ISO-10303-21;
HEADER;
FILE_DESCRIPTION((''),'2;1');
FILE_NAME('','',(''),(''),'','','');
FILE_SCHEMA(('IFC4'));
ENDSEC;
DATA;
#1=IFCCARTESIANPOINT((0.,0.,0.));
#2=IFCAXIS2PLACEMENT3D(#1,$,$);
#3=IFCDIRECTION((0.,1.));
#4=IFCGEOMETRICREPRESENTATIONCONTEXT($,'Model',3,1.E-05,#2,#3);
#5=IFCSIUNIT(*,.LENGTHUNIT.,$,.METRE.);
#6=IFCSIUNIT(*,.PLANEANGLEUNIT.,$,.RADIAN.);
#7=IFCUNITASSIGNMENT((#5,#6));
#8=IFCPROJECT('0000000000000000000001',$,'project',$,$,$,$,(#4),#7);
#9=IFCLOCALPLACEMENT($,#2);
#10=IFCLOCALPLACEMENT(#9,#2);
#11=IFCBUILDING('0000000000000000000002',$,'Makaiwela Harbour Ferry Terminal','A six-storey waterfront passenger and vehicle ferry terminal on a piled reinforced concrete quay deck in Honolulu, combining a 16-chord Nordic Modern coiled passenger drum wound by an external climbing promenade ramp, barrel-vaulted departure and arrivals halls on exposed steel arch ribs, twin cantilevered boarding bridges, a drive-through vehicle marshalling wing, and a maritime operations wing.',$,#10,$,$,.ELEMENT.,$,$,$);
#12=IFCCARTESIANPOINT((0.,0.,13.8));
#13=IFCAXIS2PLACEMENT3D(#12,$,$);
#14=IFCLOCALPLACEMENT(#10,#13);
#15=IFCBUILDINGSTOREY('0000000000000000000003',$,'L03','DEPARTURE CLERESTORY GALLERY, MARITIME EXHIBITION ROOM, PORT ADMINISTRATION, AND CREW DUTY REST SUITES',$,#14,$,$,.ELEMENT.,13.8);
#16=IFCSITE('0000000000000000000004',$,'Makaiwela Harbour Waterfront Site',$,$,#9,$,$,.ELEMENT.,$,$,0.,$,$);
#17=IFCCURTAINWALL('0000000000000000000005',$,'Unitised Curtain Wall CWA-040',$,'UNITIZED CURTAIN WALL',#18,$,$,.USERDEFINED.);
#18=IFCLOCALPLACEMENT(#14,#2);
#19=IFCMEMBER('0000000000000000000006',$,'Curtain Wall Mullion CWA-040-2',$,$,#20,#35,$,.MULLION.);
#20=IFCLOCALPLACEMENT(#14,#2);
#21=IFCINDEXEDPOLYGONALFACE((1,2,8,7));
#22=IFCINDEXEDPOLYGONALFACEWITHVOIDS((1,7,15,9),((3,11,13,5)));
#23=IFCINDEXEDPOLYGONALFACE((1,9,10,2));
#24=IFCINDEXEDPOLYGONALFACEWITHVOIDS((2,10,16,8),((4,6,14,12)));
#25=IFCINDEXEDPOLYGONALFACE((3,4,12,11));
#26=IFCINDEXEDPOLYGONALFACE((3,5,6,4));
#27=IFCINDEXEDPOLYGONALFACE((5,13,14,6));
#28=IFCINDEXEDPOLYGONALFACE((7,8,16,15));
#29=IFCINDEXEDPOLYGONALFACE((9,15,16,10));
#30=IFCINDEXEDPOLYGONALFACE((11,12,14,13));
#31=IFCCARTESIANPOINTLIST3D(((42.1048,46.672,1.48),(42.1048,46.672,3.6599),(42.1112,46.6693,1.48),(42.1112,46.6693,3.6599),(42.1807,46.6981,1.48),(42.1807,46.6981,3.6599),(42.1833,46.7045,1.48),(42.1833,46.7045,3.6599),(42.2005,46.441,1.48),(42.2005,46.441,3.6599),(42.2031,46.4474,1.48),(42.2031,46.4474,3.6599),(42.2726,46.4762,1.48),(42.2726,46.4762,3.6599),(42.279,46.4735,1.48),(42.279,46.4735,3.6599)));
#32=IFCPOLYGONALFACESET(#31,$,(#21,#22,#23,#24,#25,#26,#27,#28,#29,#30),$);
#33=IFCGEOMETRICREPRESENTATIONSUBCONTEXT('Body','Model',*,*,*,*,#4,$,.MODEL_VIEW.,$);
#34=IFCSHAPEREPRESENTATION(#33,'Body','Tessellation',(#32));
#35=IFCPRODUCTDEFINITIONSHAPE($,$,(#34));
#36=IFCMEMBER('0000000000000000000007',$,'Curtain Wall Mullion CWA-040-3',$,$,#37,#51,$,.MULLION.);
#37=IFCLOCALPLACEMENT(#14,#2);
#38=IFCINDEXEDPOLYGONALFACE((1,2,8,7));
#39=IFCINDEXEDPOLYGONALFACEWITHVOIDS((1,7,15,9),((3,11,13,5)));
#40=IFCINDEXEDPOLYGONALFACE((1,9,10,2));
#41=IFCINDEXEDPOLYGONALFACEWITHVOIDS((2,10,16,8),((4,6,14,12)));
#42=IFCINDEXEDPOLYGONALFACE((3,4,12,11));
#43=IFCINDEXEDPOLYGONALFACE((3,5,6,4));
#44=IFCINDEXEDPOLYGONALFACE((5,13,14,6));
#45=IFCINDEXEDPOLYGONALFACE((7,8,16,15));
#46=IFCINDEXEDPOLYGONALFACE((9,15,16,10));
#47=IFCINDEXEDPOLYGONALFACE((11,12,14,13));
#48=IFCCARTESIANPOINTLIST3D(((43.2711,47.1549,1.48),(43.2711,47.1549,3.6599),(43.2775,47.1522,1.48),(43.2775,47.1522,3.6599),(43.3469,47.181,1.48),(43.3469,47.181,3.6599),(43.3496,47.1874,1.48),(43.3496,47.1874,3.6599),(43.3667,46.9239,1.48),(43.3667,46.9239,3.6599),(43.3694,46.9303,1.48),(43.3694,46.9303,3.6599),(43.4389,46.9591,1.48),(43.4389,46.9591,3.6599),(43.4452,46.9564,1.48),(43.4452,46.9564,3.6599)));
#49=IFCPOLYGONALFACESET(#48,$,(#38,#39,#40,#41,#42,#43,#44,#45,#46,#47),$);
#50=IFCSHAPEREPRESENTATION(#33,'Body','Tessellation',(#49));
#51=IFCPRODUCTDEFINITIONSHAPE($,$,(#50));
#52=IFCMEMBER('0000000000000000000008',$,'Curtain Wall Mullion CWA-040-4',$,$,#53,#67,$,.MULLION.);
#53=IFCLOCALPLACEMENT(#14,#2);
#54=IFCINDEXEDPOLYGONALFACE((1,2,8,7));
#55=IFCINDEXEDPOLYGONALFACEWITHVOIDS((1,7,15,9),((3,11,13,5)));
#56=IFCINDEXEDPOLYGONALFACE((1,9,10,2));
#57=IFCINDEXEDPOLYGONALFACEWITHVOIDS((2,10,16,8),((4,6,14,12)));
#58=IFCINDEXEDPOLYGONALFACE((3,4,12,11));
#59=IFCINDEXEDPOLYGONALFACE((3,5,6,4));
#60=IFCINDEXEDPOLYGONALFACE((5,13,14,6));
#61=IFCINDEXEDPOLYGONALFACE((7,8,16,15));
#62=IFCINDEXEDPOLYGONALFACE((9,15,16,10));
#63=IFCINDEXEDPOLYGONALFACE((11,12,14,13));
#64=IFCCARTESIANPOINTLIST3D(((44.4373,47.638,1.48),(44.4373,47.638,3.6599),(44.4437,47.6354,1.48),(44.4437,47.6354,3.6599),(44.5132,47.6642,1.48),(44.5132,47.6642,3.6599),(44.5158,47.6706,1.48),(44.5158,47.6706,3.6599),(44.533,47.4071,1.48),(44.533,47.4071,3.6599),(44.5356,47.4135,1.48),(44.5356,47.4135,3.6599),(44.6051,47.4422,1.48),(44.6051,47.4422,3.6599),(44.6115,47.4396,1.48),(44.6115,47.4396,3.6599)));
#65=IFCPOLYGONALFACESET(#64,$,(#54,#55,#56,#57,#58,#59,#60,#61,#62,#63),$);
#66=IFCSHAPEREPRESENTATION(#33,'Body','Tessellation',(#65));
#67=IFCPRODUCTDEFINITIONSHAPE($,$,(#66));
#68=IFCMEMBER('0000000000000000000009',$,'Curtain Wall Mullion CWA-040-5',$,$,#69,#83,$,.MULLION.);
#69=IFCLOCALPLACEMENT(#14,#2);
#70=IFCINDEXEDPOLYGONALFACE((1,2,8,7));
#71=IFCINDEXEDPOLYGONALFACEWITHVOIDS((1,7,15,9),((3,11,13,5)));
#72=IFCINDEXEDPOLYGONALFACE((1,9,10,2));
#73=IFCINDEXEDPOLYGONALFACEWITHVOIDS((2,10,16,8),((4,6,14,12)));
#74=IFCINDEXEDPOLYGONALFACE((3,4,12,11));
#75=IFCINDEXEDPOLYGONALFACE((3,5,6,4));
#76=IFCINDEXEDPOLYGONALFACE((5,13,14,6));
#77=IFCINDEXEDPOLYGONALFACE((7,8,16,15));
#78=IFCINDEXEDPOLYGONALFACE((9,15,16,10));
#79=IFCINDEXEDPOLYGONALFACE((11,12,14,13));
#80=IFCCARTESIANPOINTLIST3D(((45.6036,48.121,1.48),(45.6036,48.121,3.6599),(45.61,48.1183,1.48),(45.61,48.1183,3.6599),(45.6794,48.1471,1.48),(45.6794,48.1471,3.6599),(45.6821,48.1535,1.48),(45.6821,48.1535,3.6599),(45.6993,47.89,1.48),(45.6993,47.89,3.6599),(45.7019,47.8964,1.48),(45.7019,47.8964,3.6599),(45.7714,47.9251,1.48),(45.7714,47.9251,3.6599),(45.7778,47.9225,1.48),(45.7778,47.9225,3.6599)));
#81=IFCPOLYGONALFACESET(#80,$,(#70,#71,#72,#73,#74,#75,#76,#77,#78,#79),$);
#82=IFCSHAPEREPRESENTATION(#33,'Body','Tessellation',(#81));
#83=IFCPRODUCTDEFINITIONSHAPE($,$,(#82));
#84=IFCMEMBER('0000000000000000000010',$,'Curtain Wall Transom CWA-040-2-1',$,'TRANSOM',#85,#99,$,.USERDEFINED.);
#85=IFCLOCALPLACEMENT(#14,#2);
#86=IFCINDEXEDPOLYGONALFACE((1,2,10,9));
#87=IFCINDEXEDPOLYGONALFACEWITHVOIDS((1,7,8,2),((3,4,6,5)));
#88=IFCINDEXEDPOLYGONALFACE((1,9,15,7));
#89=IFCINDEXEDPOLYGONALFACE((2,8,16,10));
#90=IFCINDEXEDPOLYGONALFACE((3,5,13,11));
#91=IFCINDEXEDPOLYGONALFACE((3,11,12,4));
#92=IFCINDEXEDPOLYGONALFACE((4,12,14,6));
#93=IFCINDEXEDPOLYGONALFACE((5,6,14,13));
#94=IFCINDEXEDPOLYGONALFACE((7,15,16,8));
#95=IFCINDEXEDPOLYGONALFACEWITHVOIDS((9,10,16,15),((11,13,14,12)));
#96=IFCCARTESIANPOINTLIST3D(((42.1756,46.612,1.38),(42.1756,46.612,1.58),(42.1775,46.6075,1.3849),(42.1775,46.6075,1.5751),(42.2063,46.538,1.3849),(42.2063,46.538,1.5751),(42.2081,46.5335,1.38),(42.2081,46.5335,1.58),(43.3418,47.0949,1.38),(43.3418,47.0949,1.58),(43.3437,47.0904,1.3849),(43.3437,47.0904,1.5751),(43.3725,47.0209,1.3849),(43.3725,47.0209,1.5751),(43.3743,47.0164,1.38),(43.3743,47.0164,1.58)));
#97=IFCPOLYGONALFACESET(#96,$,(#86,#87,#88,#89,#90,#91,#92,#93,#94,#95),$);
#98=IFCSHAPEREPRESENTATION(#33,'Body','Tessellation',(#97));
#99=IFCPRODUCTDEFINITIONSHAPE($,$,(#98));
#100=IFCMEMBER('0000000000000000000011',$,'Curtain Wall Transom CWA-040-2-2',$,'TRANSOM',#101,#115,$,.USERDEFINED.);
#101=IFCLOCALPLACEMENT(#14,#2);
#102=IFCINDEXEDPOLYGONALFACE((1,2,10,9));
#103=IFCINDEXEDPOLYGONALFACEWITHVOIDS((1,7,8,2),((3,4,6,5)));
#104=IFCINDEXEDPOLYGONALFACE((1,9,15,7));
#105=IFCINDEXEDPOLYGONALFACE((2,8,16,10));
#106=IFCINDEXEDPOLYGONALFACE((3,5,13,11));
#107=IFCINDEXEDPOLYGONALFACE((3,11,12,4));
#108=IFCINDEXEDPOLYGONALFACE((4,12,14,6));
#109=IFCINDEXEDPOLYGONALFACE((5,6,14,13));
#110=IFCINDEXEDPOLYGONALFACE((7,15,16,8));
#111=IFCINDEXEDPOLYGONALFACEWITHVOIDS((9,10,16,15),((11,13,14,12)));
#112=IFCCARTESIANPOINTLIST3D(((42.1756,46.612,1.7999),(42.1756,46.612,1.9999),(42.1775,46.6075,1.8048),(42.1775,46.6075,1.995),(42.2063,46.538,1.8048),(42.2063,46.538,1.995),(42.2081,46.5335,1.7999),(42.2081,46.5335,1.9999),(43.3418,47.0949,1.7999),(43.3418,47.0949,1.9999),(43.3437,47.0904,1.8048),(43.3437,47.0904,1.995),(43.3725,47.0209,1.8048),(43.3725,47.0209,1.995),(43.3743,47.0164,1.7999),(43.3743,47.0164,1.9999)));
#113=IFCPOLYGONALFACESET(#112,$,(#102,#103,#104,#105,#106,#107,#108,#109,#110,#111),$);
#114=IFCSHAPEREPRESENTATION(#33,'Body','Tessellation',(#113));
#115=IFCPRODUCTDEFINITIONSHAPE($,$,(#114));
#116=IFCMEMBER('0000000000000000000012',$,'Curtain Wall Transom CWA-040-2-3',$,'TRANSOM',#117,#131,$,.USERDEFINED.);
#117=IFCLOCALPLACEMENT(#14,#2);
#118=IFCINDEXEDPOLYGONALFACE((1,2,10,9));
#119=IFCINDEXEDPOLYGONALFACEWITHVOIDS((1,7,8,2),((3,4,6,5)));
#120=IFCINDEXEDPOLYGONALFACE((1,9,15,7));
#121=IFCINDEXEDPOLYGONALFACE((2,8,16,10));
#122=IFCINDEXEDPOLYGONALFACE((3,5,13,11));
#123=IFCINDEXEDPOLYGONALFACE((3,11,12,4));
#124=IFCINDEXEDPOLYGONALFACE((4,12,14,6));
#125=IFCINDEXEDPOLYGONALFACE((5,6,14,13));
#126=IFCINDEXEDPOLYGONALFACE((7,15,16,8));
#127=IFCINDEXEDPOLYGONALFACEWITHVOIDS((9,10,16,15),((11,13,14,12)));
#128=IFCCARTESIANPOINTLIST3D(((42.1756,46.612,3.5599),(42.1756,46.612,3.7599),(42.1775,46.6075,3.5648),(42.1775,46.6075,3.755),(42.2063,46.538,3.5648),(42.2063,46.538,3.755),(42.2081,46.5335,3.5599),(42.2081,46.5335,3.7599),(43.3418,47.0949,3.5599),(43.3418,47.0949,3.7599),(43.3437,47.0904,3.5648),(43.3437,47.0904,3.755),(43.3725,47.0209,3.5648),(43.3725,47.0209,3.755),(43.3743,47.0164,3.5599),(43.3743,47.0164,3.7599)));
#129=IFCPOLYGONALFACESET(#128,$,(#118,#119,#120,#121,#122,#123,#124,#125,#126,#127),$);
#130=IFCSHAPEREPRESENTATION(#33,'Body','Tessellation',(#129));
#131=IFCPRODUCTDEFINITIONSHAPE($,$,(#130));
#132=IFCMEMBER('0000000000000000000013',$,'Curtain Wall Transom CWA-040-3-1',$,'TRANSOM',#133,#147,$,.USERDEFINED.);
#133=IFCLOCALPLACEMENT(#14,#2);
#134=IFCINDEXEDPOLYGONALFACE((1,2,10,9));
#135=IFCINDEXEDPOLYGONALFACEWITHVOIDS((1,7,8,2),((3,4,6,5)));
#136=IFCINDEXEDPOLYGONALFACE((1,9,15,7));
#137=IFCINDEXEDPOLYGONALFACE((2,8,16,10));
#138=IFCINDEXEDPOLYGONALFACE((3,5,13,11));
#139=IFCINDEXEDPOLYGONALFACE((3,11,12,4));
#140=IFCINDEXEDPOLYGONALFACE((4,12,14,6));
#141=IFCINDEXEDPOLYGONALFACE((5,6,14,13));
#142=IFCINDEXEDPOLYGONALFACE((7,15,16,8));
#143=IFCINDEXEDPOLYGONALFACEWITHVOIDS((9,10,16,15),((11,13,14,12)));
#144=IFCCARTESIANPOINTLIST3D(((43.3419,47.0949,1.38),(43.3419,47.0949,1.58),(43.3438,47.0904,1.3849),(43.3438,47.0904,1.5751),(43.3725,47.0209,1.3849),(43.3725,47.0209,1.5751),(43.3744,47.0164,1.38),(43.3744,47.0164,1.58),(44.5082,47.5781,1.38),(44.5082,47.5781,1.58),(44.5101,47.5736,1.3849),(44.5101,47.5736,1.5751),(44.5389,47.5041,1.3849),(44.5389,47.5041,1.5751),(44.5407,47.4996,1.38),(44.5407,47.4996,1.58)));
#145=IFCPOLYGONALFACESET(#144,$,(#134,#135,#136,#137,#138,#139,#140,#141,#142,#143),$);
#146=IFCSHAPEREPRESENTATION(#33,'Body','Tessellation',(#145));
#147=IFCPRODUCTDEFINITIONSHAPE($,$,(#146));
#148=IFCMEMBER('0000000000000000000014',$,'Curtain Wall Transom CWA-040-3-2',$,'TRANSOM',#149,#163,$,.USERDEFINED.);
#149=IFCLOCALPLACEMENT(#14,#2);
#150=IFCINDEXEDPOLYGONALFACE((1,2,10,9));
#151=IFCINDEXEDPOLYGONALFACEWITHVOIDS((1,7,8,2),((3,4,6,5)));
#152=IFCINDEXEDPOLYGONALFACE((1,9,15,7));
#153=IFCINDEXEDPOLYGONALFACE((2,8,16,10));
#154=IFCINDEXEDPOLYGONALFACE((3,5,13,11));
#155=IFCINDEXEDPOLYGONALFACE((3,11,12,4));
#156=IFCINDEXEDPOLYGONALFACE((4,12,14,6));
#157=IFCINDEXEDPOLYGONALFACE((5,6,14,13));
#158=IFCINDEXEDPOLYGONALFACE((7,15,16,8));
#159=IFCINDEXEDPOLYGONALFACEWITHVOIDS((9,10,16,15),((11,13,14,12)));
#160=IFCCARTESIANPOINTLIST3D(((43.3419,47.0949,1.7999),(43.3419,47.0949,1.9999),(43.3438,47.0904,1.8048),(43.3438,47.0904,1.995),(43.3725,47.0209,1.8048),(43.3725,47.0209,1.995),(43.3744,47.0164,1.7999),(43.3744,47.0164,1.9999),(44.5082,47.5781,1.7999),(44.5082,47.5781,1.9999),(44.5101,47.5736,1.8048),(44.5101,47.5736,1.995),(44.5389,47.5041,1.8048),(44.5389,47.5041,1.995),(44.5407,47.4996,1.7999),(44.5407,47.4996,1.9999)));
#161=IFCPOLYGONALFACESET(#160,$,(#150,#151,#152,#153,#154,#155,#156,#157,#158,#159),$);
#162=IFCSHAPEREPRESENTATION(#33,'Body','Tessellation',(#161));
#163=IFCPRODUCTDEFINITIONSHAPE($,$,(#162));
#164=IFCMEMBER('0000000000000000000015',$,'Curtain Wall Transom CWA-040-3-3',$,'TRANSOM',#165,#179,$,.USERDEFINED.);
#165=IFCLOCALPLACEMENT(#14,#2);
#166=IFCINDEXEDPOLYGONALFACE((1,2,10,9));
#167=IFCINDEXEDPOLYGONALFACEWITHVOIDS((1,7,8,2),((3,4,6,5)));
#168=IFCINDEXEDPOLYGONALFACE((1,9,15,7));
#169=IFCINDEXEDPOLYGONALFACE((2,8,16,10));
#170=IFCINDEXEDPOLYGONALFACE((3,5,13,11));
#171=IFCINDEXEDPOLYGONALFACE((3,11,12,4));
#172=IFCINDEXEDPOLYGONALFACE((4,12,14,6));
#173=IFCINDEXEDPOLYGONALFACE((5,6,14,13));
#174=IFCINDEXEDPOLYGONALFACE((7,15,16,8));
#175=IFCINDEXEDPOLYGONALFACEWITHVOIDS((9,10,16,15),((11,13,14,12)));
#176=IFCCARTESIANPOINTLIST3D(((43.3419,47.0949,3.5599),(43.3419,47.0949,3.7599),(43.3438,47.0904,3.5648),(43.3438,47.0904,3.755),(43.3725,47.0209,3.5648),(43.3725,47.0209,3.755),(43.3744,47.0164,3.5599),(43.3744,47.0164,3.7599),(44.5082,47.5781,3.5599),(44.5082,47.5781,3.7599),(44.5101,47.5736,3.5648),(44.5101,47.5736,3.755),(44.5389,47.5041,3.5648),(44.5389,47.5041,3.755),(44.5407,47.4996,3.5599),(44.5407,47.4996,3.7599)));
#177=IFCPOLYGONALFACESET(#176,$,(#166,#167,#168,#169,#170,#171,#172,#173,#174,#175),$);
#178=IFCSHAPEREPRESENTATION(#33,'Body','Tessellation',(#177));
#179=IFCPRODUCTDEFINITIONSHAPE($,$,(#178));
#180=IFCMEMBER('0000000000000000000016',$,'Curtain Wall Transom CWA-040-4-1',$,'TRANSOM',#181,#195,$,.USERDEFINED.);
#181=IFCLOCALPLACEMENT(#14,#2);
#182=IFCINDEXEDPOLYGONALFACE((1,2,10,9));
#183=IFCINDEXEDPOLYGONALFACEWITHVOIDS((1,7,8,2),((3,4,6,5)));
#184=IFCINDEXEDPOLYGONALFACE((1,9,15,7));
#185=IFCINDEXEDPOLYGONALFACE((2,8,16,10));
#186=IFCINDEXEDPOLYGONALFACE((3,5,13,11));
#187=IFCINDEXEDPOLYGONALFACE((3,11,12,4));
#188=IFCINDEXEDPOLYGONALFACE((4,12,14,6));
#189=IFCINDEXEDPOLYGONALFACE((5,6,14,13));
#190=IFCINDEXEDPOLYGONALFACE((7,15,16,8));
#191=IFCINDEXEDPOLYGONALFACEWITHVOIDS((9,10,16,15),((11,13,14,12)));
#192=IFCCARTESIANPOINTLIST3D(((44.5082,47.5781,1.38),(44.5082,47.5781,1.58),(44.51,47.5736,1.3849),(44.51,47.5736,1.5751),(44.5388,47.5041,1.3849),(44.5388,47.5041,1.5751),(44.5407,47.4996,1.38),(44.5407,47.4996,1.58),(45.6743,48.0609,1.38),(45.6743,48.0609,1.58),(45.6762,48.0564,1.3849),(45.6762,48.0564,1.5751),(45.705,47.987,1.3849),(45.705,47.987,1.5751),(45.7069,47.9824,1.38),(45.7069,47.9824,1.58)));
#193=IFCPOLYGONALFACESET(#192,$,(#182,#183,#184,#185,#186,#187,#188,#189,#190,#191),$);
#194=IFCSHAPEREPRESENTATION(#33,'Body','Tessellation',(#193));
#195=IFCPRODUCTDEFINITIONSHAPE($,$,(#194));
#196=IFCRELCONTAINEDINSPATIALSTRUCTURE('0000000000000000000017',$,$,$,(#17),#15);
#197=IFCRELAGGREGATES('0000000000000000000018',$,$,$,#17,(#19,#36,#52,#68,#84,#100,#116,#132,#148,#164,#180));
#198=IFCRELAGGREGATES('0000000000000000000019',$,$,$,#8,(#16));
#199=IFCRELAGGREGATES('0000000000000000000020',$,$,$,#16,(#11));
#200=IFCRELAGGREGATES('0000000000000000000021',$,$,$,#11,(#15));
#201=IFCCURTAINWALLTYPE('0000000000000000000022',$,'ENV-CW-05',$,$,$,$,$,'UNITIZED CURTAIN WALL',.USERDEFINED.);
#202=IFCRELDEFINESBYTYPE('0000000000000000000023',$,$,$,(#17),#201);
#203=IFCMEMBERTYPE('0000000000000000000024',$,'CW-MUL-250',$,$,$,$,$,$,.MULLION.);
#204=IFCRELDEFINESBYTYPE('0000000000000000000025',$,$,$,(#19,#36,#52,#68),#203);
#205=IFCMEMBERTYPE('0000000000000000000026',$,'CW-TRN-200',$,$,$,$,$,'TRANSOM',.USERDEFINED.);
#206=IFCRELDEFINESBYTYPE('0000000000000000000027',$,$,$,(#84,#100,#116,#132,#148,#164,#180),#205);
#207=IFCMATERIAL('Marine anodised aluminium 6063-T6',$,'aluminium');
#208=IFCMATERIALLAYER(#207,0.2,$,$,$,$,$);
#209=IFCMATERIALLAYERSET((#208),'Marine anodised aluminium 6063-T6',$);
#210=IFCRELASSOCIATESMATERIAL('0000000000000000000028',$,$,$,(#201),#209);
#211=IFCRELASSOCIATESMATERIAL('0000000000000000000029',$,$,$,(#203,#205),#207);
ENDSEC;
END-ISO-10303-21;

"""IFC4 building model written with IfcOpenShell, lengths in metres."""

from ifc_helpers import new_model, si_unit, direction, frame, origin, origin_2d, place, context, subcontext, project, spatial, hollow_rectangle, extrude, material, layer, layer_set, material_profile, profile_set, type_object, element, aggregate, save


model = new_model("IFC4")

# Units and contexts
model_context = context("Model", 3, precision=1e-05, world=origin(), true_north=direction((0.0, 1.0)))
body_context = subcontext(model_context, "Body", "Model", "MODEL_VIEW")
ifc_project = project(units=[si_unit("LENGTHUNIT", "METRE"), si_unit("PLANEANGLEUNIT", "RADIAN")], contexts=[model_context])

# Site, building, storey
site_placement = place(None, origin())
site = spatial("IfcSite", under=ifc_project, at=site_placement, Name="Makaiwela Harbour Waterfront Site", CompositionType="ELEMENT", RefElevation=0.0)
building_placement = place(site_placement, origin())
building = spatial("IfcBuilding", under=site, at=building_placement, Name="Makaiwela Harbour Ferry Terminal", Description="A six-storey waterfront passenger and vehicle ferry terminal on a piled reinforced concrete quay deck in Honolulu, combining a 16-chord Nordic Modern coiled passenger drum wound by an external climbing promenade ramp, barrel-vaulted departure and arrivals halls on exposed steel arch ribs, twin cantilevered boarding bridges, a drive-through vehicle marshalling wing, and a maritime operations wing.", CompositionType="ELEMENT")
storey_placement = place(building_placement, frame((0.0, 0.0, 13.8)))
storey = spatial("IfcBuildingStorey", under=building, at=storey_placement, Name="L03", Description="DEPARTURE CLERESTORY GALLERY, MARITIME EXHIBITION ROOM, PORT ADMINISTRATION, AND CREW DUTY REST SUITES", CompositionType="ELEMENT", Elevation=13.8)

# Curtain wall, members
ifc_material_1 = material(Name="Marine anodised aluminium 6063-T6", Category="aluminium")
ifc_layer_1 = layer(ifc_material_1, 0.2)
ifc_layer_set_1 = layer_set([ifc_layer_1], Name="Marine anodised aluminium 6063-T6")
curtain_wall_type = type_object("IfcCurtainWallType", Name="ENV-CW-05", ElementType="UNITIZED CURTAIN WALL", PredefinedType="USERDEFINED", material=ifc_layer_set_1)
curtain_wall_placement = place(storey_placement, origin())
curtain_wall = element("IfcCurtainWall", 1, at=curtain_wall_placement, inside=storey, type_object=curtain_wall_type, Name="Unitised Curtain Wall CWA-040", ObjectType="UNITIZED CURTAIN WALL", PredefinedType="USERDEFINED")
ifc_material_profile_1 = material_profile(ifc_material_1, hollow_rectangle(XDim=0.085, YDim=0.25, WallThickness=0.0049, at=origin_2d()), Name="CWM-250X85")
ifc_profile_set_1 = profile_set([ifc_material_profile_1], Name="Marine anodised aluminium 6063-T6")
member_type_1 = type_object("IfcMemberType", Name="CW-MUL-250", PredefinedType="MULLION", material=ifc_profile_set_1)
member_1_placement = place(storey_placement, frame((42.1919, 46.5728, 1.48), z_axis=(0.0, 0.0, 1.0), x_axis=(0.92388, 0.382683, 0.0)))
member_1 = element("IfcMember", 2, at=member_1_placement, type_object=member_type_1, Name="Curtain Wall Mullion CWA-040-2", PredefinedType="MULLION", context=body_context, shape_type="SweptSolid", body=[
    extrude(hollow_rectangle(XDim=0.085, YDim=0.25, WallThickness=0.0049, at=origin_2d()), origin(), (0.0, 0.0, 1.0), 2.1799),
])
member_2_placement = place(storey_placement, frame((43.3582, 47.0557, 1.48), z_axis=(0.0, 0.0, 1.0), x_axis=(0.92388, 0.382683, 0.0)))
member_2 = element("IfcMember", 3, at=member_2_placement, type_object=member_type_1, Name="Curtain Wall Mullion CWA-040-3", PredefinedType="MULLION", context=body_context, shape_type="SweptSolid", body=[
    extrude(hollow_rectangle(XDim=0.085, YDim=0.25, WallThickness=0.0049, at=origin_2d()), origin(), (0.0, 0.0, 1.0), 2.1799),
])
member_3_placement = place(storey_placement, frame((44.5244, 47.5388, 1.48), z_axis=(0.0, 0.0, 1.0), x_axis=(0.92388, 0.382683, 0.0)))
member_3 = element("IfcMember", 4, at=member_3_placement, type_object=member_type_1, Name="Curtain Wall Mullion CWA-040-4", PredefinedType="MULLION", context=body_context, shape_type="SweptSolid", body=[
    extrude(hollow_rectangle(XDim=0.085, YDim=0.25, WallThickness=0.0049, at=origin_2d()), origin(), (0.0, 0.0, 1.0), 2.1799),
])
member_4_placement = place(storey_placement, frame((45.6907, 48.0217, 1.48), z_axis=(0.0, 0.0, 1.0), x_axis=(0.92388, 0.382683, 0.0)))
member_4 = element("IfcMember", 5, at=member_4_placement, type_object=member_type_1, Name="Curtain Wall Mullion CWA-040-5", PredefinedType="MULLION", context=body_context, shape_type="SweptSolid", body=[
    extrude(hollow_rectangle(XDim=0.085, YDim=0.25, WallThickness=0.0049, at=origin_2d()), origin(), (0.0, 0.0, 1.0), 2.1799),
])
ifc_material_profile_2 = material_profile(ifc_material_1, hollow_rectangle(XDim=0.085, YDim=0.2, WallThickness=0.0049, at=origin_2d()), Name="CWT-200X85")
ifc_profile_set_2 = profile_set([ifc_material_profile_2], Name="Marine anodised aluminium 6063-T6")
member_type_2 = type_object("IfcMemberType", Name="CW-TRN-200", ElementType="TRANSOM", PredefinedType="USERDEFINED", material=ifc_profile_set_2)
member_5_placement = place(storey_placement, frame((42.1919, 46.5728, 1.48), z_axis=(0.923927, 0.382568, 0.0), x_axis=(-0.382568, 0.923927, 0.0)))
member_5 = element("IfcMember", 6, at=member_5_placement, type_object=member_type_2, Name="Curtain Wall Transom CWA-040-2-1", ObjectType="TRANSOM", PredefinedType="USERDEFINED", context=body_context, shape_type="SweptSolid", body=[
    extrude(hollow_rectangle(XDim=0.085, YDim=0.2, WallThickness=0.0049, at=origin_2d()), origin(), (0.0, 0.0, 1.0), 1.2622),
])
member_6_placement = place(storey_placement, frame((42.1919, 46.5728, 1.8999), z_axis=(0.923927, 0.382568, 0.0), x_axis=(-0.382568, 0.923927, 0.0)))
member_6 = element("IfcMember", 7, at=member_6_placement, type_object=member_type_2, Name="Curtain Wall Transom CWA-040-2-2", ObjectType="TRANSOM", PredefinedType="USERDEFINED", context=body_context, shape_type="SweptSolid", body=[
    extrude(hollow_rectangle(XDim=0.085, YDim=0.2, WallThickness=0.0049, at=origin_2d()), origin(), (0.0, 0.0, 1.0), 1.2622),
])
member_7_placement = place(storey_placement, frame((42.1919, 46.5728, 3.6599), z_axis=(0.923927, 0.382568, 0.0), x_axis=(-0.382568, 0.923927, 0.0)))
member_7 = element("IfcMember", 8, at=member_7_placement, type_object=member_type_2, Name="Curtain Wall Transom CWA-040-2-3", ObjectType="TRANSOM", PredefinedType="USERDEFINED", context=body_context, shape_type="SweptSolid", body=[
    extrude(hollow_rectangle(XDim=0.085, YDim=0.2, WallThickness=0.0049, at=origin_2d()), origin(), (0.0, 0.0, 1.0), 1.2622),
])
member_8_placement = place(storey_placement, frame((43.3582, 47.0557, 1.48), z_axis=(0.923859, 0.382733, 0.0), x_axis=(-0.382733, 0.923859, 0.0)))
member_8 = element("IfcMember", 9, at=member_8_placement, type_object=member_type_2, Name="Curtain Wall Transom CWA-040-3-1", ObjectType="TRANSOM", PredefinedType="USERDEFINED", context=body_context, shape_type="SweptSolid", body=[
    extrude(hollow_rectangle(XDim=0.085, YDim=0.2, WallThickness=0.0049, at=origin_2d()), origin(), (0.0, 0.0, 1.0), 1.2625),
])
member_9_placement = place(storey_placement, frame((43.3582, 47.0557, 1.8999), z_axis=(0.923859, 0.382733, 0.0), x_axis=(-0.382733, 0.923859, 0.0)))
member_9 = element("IfcMember", 10, at=member_9_placement, type_object=member_type_2, Name="Curtain Wall Transom CWA-040-3-2", ObjectType="TRANSOM", PredefinedType="USERDEFINED", context=body_context, shape_type="SweptSolid", body=[
    extrude(hollow_rectangle(XDim=0.085, YDim=0.2, WallThickness=0.0049, at=origin_2d()), origin(), (0.0, 0.0, 1.0), 1.2625),
])
member_10_placement = place(storey_placement, frame((43.3582, 47.0557, 3.6599), z_axis=(0.923859, 0.382733, 0.0), x_axis=(-0.382733, 0.923859, 0.0)))
member_10 = element("IfcMember", 11, at=member_10_placement, type_object=member_type_2, Name="Curtain Wall Transom CWA-040-3-3", ObjectType="TRANSOM", PredefinedType="USERDEFINED", context=body_context, shape_type="SweptSolid", body=[
    extrude(hollow_rectangle(XDim=0.085, YDim=0.2, WallThickness=0.0049, at=origin_2d()), origin(), (0.0, 0.0, 1.0), 1.2625),
])
member_11_placement = place(storey_placement, frame((44.5244, 47.5388, 1.48), z_axis=(0.923927, 0.382568, 0.0), x_axis=(-0.382568, 0.923927, 0.0)))
member_11 = element("IfcMember", 12, at=member_11_placement, type_object=member_type_2, Name="Curtain Wall Transom CWA-040-4-1", ObjectType="TRANSOM", PredefinedType="USERDEFINED", context=body_context, shape_type="SweptSolid", body=[
    extrude(hollow_rectangle(XDim=0.085, YDim=0.2, WallThickness=0.0049, at=origin_2d()), origin(), (0.0, 0.0, 1.0), 1.2622),
])

aggregate(curtain_wall, [member_1, member_2, member_3, member_4, member_5, member_6, member_7, member_8, member_9, member_10, member_11])

save(model, "model.ifc")
